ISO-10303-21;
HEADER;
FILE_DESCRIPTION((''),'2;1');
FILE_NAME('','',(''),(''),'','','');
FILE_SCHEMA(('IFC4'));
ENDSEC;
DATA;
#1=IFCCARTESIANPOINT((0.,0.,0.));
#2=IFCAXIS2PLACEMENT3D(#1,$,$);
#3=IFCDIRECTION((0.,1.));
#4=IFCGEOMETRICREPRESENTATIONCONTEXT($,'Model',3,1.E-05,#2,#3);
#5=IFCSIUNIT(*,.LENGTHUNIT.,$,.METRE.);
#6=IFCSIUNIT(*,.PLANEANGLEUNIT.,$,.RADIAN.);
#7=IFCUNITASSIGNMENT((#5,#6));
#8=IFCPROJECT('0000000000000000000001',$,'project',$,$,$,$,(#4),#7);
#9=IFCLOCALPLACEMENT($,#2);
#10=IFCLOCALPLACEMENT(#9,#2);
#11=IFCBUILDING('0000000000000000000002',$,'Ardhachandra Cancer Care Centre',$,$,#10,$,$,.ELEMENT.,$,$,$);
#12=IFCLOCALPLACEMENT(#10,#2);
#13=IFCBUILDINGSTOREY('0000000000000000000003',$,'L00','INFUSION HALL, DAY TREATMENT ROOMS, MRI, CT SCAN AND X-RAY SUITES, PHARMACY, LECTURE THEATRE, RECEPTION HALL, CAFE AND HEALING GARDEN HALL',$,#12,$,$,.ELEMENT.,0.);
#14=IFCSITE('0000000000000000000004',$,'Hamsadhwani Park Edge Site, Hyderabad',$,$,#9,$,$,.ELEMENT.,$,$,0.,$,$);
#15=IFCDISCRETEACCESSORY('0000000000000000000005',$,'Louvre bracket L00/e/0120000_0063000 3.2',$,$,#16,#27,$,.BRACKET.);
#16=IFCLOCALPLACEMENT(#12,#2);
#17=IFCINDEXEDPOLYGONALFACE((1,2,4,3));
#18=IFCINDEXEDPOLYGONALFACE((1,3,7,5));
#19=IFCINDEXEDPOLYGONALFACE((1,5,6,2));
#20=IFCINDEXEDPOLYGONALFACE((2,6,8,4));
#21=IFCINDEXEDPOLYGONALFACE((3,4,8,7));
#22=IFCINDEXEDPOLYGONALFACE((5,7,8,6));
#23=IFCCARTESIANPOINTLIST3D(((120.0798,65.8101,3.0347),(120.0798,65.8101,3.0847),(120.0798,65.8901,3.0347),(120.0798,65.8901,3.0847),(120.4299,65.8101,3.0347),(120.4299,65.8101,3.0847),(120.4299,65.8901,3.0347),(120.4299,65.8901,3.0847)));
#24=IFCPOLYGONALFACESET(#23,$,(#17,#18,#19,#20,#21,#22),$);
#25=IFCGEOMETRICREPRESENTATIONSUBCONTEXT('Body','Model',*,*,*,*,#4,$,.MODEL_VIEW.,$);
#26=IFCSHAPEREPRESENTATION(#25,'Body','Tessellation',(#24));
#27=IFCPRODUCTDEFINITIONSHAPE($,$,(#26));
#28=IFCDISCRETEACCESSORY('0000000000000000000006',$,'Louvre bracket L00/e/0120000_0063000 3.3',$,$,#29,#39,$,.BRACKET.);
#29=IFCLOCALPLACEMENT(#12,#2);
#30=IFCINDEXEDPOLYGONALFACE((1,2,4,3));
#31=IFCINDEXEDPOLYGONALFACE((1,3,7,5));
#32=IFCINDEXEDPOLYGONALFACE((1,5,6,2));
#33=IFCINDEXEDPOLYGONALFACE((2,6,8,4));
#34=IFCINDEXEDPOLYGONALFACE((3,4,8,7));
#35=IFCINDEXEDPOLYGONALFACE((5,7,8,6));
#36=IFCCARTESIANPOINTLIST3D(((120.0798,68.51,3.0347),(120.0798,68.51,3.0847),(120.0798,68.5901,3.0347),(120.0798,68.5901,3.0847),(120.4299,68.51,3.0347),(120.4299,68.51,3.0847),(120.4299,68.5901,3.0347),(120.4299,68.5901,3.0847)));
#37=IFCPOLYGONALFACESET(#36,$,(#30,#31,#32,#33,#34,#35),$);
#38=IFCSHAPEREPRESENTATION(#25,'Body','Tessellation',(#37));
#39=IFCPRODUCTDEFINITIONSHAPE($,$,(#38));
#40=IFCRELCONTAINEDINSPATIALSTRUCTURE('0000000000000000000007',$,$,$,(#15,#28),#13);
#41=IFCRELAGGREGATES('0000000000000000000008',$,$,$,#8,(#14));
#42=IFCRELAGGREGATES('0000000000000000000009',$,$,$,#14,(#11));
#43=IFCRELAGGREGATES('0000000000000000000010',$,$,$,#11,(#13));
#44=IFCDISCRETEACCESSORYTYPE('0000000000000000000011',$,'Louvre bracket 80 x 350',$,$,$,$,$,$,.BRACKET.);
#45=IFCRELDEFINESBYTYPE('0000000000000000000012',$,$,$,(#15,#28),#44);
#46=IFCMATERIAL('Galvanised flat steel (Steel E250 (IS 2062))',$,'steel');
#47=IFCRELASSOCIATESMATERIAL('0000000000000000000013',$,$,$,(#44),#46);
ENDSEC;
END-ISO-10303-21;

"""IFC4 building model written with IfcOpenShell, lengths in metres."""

from ifc_helpers import new_model, si_unit, direction, frame, origin, origin_2d, place, context, subcontext, project, spatial, rectangle, extrude, material, type_object, element, save


model = new_model("IFC4")

# Units and contexts
model_context = context("Model", 3, precision=1e-05, world=origin(), true_north=direction((0.0, 1.0)))
body_context = subcontext(model_context, "Body", "Model", "MODEL_VIEW")
ifc_project = project(units=[si_unit("LENGTHUNIT", "METRE"), si_unit("PLANEANGLEUNIT", "RADIAN")], contexts=[model_context])

# Site, building, storey
site_placement = place(None, origin())
site = spatial("IfcSite", under=ifc_project, at=site_placement, Name="Hamsadhwani Park Edge Site, Hyderabad", CompositionType="ELEMENT", RefElevation=0.0)
building_placement = place(site_placement, origin())
building = spatial("IfcBuilding", under=site, at=building_placement, Name="Ardhachandra Cancer Care Centre", CompositionType="ELEMENT")
storey_placement = place(building_placement, origin())
storey = spatial("IfcBuildingStorey", under=building, at=storey_placement, Name="L00", Description="INFUSION HALL, DAY TREATMENT ROOMS, MRI, CT SCAN AND X-RAY SUITES, PHARMACY, LECTURE THEATRE, RECEPTION HALL, CAFE AND HEALING GARDEN HALL", CompositionType="ELEMENT", Elevation=0.0)

# Discrete accessories
ifc_material_1 = material(Name="Galvanised flat steel (Steel E250 (IS 2062))", Category="steel")
discrete_accessory_type = type_object("IfcDiscreteAccessoryType", Name="Louvre bracket 80 x 350", PredefinedType="BRACKET", material=ifc_material_1)
for number, where, z_axis, x_axis, name in (
    (1, (120.2549, 65.8501, 3.0347), (0.0, 0.0, 1.0), (0.0, 1.0, 0.0), "Louvre bracket L00/e/0120000_0063000 3.2"),
    (2, (120.2549, 68.55, 3.0347), (0.0, 0.0, 1.0), (0.0, 1.0, 0.0), "Louvre bracket L00/e/0120000_0063000 3.3"),
):
    element("IfcDiscreteAccessory", number, at=place(storey_placement, frame(where, z_axis=z_axis, x_axis=x_axis)), inside=storey, type_object=discrete_accessory_type, Name=name, PredefinedType="BRACKET", context=body_context, shape_type="SweptSolid", body=[
        extrude(rectangle(XDim=0.0801, YDim=0.3501, at=origin_2d()), origin(), (0.0, 0.0, 1.0), 0.05),
    ])

save(model, "model.ifc")
